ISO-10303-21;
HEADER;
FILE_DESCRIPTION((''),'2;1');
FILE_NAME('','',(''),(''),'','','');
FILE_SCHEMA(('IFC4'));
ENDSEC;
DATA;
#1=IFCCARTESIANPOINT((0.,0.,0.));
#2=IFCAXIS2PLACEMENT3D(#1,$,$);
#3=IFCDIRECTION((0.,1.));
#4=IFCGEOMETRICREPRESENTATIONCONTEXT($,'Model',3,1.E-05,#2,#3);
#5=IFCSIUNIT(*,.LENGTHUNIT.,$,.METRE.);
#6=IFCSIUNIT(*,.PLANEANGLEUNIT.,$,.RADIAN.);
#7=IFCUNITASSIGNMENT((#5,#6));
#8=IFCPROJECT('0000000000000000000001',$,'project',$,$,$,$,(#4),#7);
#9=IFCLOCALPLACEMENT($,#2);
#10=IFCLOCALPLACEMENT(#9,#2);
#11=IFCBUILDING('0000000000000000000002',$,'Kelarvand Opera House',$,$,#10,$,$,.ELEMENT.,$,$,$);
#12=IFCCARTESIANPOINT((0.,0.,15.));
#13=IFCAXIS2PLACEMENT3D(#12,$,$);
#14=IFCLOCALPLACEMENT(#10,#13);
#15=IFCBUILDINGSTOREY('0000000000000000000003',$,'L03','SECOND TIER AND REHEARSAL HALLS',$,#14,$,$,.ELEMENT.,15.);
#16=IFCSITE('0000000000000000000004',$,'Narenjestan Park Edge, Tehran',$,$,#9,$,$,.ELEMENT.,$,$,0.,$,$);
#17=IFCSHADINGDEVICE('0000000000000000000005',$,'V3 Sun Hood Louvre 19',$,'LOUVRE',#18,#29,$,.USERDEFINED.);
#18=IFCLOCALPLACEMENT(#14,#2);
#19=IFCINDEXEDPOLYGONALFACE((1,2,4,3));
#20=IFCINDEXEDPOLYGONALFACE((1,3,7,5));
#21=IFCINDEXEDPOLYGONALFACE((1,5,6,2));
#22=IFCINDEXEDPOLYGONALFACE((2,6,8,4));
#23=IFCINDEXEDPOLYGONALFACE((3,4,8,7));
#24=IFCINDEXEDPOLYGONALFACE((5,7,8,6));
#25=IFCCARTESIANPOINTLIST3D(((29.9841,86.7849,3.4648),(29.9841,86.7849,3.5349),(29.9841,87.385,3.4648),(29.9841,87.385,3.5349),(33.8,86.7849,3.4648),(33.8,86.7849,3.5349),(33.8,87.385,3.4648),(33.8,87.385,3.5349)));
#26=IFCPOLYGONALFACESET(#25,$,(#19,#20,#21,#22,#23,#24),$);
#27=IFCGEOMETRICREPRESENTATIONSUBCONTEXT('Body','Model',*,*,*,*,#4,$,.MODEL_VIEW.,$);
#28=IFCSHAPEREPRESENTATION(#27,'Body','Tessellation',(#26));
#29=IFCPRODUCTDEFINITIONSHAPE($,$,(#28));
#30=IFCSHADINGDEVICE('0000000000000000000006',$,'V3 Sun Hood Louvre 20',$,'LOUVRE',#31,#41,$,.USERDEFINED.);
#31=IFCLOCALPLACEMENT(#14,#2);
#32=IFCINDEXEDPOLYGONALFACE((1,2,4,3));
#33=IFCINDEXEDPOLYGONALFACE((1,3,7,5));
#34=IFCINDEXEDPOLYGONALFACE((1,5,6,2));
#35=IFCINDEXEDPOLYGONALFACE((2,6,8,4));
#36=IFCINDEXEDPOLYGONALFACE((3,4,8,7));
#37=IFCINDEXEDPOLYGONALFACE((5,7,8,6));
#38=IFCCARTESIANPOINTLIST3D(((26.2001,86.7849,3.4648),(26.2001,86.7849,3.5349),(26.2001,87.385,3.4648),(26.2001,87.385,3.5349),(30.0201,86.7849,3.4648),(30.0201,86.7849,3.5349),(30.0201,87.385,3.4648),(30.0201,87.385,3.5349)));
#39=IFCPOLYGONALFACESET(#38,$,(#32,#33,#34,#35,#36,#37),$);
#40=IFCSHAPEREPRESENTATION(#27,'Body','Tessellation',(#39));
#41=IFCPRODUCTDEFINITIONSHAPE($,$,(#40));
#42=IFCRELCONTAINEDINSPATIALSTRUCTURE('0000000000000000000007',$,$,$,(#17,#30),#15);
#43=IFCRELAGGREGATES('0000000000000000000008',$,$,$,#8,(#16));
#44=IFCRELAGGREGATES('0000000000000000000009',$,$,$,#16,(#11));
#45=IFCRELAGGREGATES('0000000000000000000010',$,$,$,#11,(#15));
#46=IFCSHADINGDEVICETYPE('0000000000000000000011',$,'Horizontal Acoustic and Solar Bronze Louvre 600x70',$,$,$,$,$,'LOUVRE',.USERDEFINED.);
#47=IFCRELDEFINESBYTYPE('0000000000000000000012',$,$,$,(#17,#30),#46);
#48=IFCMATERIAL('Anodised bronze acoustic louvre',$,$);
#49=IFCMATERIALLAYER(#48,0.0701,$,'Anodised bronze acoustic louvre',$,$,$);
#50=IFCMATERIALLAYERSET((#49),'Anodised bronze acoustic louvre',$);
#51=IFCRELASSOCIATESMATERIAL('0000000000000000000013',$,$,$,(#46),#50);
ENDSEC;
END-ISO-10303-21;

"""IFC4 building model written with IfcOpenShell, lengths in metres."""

from ifc_helpers import new_model, si_unit, direction, frame, origin, origin_2d, place, context, subcontext, project, spatial, rectangle, extrude, material, layer, layer_set, type_object, element, save


model = new_model("IFC4")

# Units and contexts
model_context = context("Model", 3, precision=1e-05, world=origin(), true_north=direction((0.0, 1.0)))
body_context = subcontext(model_context, "Body", "Model", "MODEL_VIEW")
ifc_project = project(units=[si_unit("LENGTHUNIT", "METRE"), si_unit("PLANEANGLEUNIT", "RADIAN")], contexts=[model_context])

# Site, building, storey
site_placement = place(None, origin())
site = spatial("IfcSite", under=ifc_project, at=site_placement, Name="Narenjestan Park Edge, Tehran", CompositionType="ELEMENT", RefElevation=0.0)
building_placement = place(site_placement, origin())
building = spatial("IfcBuilding", under=site, at=building_placement, Name="Kelarvand Opera House", CompositionType="ELEMENT")
storey_placement = place(building_placement, frame((0.0, 0.0, 15.0)))
storey = spatial("IfcBuildingStorey", under=building, at=storey_placement, Name="L03", Description="SECOND TIER AND REHEARSAL HALLS", CompositionType="ELEMENT", Elevation=15.0)

# Shading devices
ifc_material_1 = material(Name="Anodised bronze acoustic louvre")
ifc_layer_1 = layer(ifc_material_1, 0.0701, Name="Anodised bronze acoustic louvre")
ifc_layer_set_1 = layer_set([ifc_layer_1], Name="Anodised bronze acoustic louvre")
shading_device_type = type_object("IfcShadingDeviceType", Name="Horizontal Acoustic and Solar Bronze Louvre 600x70", ElementType="LOUVRE", PredefinedType="USERDEFINED", material=ifc_layer_set_1)
shading_device_1_placement = place(storey_placement, frame((31.8921, 87.085, 3.4648), z_axis=(0.0, 0.0, 1.0), x_axis=(-1.0, 0.0, 0.0)))
element("IfcShadingDevice", 1, at=shading_device_1_placement, inside=storey, type_object=shading_device_type, Name="V3 Sun Hood Louvre 19", ObjectType="LOUVRE", PredefinedType="USERDEFINED", context=body_context, shape_type="SweptSolid", body=[
    extrude(rectangle(XDim=3.8159, YDim=0.6001, at=origin_2d()), origin(), (0.0, 0.0, 1.0), 0.0701),
])
shading_device_2_placement = place(storey_placement, frame((28.1101, 87.085, 3.4648), z_axis=(0.0, 0.0, 1.0), x_axis=(-1.0, 0.0, 0.0)))
element("IfcShadingDevice", 2, at=shading_device_2_placement, inside=storey, type_object=shading_device_type, Name="V3 Sun Hood Louvre 20", ObjectType="LOUVRE", PredefinedType="USERDEFINED", context=body_context, shape_type="SweptSolid", body=[
    extrude(rectangle(XDim=3.8201, YDim=0.6001, at=origin_2d()), origin(), (0.0, 0.0, 1.0), 0.0701),
])

save(model, "model.ifc")
